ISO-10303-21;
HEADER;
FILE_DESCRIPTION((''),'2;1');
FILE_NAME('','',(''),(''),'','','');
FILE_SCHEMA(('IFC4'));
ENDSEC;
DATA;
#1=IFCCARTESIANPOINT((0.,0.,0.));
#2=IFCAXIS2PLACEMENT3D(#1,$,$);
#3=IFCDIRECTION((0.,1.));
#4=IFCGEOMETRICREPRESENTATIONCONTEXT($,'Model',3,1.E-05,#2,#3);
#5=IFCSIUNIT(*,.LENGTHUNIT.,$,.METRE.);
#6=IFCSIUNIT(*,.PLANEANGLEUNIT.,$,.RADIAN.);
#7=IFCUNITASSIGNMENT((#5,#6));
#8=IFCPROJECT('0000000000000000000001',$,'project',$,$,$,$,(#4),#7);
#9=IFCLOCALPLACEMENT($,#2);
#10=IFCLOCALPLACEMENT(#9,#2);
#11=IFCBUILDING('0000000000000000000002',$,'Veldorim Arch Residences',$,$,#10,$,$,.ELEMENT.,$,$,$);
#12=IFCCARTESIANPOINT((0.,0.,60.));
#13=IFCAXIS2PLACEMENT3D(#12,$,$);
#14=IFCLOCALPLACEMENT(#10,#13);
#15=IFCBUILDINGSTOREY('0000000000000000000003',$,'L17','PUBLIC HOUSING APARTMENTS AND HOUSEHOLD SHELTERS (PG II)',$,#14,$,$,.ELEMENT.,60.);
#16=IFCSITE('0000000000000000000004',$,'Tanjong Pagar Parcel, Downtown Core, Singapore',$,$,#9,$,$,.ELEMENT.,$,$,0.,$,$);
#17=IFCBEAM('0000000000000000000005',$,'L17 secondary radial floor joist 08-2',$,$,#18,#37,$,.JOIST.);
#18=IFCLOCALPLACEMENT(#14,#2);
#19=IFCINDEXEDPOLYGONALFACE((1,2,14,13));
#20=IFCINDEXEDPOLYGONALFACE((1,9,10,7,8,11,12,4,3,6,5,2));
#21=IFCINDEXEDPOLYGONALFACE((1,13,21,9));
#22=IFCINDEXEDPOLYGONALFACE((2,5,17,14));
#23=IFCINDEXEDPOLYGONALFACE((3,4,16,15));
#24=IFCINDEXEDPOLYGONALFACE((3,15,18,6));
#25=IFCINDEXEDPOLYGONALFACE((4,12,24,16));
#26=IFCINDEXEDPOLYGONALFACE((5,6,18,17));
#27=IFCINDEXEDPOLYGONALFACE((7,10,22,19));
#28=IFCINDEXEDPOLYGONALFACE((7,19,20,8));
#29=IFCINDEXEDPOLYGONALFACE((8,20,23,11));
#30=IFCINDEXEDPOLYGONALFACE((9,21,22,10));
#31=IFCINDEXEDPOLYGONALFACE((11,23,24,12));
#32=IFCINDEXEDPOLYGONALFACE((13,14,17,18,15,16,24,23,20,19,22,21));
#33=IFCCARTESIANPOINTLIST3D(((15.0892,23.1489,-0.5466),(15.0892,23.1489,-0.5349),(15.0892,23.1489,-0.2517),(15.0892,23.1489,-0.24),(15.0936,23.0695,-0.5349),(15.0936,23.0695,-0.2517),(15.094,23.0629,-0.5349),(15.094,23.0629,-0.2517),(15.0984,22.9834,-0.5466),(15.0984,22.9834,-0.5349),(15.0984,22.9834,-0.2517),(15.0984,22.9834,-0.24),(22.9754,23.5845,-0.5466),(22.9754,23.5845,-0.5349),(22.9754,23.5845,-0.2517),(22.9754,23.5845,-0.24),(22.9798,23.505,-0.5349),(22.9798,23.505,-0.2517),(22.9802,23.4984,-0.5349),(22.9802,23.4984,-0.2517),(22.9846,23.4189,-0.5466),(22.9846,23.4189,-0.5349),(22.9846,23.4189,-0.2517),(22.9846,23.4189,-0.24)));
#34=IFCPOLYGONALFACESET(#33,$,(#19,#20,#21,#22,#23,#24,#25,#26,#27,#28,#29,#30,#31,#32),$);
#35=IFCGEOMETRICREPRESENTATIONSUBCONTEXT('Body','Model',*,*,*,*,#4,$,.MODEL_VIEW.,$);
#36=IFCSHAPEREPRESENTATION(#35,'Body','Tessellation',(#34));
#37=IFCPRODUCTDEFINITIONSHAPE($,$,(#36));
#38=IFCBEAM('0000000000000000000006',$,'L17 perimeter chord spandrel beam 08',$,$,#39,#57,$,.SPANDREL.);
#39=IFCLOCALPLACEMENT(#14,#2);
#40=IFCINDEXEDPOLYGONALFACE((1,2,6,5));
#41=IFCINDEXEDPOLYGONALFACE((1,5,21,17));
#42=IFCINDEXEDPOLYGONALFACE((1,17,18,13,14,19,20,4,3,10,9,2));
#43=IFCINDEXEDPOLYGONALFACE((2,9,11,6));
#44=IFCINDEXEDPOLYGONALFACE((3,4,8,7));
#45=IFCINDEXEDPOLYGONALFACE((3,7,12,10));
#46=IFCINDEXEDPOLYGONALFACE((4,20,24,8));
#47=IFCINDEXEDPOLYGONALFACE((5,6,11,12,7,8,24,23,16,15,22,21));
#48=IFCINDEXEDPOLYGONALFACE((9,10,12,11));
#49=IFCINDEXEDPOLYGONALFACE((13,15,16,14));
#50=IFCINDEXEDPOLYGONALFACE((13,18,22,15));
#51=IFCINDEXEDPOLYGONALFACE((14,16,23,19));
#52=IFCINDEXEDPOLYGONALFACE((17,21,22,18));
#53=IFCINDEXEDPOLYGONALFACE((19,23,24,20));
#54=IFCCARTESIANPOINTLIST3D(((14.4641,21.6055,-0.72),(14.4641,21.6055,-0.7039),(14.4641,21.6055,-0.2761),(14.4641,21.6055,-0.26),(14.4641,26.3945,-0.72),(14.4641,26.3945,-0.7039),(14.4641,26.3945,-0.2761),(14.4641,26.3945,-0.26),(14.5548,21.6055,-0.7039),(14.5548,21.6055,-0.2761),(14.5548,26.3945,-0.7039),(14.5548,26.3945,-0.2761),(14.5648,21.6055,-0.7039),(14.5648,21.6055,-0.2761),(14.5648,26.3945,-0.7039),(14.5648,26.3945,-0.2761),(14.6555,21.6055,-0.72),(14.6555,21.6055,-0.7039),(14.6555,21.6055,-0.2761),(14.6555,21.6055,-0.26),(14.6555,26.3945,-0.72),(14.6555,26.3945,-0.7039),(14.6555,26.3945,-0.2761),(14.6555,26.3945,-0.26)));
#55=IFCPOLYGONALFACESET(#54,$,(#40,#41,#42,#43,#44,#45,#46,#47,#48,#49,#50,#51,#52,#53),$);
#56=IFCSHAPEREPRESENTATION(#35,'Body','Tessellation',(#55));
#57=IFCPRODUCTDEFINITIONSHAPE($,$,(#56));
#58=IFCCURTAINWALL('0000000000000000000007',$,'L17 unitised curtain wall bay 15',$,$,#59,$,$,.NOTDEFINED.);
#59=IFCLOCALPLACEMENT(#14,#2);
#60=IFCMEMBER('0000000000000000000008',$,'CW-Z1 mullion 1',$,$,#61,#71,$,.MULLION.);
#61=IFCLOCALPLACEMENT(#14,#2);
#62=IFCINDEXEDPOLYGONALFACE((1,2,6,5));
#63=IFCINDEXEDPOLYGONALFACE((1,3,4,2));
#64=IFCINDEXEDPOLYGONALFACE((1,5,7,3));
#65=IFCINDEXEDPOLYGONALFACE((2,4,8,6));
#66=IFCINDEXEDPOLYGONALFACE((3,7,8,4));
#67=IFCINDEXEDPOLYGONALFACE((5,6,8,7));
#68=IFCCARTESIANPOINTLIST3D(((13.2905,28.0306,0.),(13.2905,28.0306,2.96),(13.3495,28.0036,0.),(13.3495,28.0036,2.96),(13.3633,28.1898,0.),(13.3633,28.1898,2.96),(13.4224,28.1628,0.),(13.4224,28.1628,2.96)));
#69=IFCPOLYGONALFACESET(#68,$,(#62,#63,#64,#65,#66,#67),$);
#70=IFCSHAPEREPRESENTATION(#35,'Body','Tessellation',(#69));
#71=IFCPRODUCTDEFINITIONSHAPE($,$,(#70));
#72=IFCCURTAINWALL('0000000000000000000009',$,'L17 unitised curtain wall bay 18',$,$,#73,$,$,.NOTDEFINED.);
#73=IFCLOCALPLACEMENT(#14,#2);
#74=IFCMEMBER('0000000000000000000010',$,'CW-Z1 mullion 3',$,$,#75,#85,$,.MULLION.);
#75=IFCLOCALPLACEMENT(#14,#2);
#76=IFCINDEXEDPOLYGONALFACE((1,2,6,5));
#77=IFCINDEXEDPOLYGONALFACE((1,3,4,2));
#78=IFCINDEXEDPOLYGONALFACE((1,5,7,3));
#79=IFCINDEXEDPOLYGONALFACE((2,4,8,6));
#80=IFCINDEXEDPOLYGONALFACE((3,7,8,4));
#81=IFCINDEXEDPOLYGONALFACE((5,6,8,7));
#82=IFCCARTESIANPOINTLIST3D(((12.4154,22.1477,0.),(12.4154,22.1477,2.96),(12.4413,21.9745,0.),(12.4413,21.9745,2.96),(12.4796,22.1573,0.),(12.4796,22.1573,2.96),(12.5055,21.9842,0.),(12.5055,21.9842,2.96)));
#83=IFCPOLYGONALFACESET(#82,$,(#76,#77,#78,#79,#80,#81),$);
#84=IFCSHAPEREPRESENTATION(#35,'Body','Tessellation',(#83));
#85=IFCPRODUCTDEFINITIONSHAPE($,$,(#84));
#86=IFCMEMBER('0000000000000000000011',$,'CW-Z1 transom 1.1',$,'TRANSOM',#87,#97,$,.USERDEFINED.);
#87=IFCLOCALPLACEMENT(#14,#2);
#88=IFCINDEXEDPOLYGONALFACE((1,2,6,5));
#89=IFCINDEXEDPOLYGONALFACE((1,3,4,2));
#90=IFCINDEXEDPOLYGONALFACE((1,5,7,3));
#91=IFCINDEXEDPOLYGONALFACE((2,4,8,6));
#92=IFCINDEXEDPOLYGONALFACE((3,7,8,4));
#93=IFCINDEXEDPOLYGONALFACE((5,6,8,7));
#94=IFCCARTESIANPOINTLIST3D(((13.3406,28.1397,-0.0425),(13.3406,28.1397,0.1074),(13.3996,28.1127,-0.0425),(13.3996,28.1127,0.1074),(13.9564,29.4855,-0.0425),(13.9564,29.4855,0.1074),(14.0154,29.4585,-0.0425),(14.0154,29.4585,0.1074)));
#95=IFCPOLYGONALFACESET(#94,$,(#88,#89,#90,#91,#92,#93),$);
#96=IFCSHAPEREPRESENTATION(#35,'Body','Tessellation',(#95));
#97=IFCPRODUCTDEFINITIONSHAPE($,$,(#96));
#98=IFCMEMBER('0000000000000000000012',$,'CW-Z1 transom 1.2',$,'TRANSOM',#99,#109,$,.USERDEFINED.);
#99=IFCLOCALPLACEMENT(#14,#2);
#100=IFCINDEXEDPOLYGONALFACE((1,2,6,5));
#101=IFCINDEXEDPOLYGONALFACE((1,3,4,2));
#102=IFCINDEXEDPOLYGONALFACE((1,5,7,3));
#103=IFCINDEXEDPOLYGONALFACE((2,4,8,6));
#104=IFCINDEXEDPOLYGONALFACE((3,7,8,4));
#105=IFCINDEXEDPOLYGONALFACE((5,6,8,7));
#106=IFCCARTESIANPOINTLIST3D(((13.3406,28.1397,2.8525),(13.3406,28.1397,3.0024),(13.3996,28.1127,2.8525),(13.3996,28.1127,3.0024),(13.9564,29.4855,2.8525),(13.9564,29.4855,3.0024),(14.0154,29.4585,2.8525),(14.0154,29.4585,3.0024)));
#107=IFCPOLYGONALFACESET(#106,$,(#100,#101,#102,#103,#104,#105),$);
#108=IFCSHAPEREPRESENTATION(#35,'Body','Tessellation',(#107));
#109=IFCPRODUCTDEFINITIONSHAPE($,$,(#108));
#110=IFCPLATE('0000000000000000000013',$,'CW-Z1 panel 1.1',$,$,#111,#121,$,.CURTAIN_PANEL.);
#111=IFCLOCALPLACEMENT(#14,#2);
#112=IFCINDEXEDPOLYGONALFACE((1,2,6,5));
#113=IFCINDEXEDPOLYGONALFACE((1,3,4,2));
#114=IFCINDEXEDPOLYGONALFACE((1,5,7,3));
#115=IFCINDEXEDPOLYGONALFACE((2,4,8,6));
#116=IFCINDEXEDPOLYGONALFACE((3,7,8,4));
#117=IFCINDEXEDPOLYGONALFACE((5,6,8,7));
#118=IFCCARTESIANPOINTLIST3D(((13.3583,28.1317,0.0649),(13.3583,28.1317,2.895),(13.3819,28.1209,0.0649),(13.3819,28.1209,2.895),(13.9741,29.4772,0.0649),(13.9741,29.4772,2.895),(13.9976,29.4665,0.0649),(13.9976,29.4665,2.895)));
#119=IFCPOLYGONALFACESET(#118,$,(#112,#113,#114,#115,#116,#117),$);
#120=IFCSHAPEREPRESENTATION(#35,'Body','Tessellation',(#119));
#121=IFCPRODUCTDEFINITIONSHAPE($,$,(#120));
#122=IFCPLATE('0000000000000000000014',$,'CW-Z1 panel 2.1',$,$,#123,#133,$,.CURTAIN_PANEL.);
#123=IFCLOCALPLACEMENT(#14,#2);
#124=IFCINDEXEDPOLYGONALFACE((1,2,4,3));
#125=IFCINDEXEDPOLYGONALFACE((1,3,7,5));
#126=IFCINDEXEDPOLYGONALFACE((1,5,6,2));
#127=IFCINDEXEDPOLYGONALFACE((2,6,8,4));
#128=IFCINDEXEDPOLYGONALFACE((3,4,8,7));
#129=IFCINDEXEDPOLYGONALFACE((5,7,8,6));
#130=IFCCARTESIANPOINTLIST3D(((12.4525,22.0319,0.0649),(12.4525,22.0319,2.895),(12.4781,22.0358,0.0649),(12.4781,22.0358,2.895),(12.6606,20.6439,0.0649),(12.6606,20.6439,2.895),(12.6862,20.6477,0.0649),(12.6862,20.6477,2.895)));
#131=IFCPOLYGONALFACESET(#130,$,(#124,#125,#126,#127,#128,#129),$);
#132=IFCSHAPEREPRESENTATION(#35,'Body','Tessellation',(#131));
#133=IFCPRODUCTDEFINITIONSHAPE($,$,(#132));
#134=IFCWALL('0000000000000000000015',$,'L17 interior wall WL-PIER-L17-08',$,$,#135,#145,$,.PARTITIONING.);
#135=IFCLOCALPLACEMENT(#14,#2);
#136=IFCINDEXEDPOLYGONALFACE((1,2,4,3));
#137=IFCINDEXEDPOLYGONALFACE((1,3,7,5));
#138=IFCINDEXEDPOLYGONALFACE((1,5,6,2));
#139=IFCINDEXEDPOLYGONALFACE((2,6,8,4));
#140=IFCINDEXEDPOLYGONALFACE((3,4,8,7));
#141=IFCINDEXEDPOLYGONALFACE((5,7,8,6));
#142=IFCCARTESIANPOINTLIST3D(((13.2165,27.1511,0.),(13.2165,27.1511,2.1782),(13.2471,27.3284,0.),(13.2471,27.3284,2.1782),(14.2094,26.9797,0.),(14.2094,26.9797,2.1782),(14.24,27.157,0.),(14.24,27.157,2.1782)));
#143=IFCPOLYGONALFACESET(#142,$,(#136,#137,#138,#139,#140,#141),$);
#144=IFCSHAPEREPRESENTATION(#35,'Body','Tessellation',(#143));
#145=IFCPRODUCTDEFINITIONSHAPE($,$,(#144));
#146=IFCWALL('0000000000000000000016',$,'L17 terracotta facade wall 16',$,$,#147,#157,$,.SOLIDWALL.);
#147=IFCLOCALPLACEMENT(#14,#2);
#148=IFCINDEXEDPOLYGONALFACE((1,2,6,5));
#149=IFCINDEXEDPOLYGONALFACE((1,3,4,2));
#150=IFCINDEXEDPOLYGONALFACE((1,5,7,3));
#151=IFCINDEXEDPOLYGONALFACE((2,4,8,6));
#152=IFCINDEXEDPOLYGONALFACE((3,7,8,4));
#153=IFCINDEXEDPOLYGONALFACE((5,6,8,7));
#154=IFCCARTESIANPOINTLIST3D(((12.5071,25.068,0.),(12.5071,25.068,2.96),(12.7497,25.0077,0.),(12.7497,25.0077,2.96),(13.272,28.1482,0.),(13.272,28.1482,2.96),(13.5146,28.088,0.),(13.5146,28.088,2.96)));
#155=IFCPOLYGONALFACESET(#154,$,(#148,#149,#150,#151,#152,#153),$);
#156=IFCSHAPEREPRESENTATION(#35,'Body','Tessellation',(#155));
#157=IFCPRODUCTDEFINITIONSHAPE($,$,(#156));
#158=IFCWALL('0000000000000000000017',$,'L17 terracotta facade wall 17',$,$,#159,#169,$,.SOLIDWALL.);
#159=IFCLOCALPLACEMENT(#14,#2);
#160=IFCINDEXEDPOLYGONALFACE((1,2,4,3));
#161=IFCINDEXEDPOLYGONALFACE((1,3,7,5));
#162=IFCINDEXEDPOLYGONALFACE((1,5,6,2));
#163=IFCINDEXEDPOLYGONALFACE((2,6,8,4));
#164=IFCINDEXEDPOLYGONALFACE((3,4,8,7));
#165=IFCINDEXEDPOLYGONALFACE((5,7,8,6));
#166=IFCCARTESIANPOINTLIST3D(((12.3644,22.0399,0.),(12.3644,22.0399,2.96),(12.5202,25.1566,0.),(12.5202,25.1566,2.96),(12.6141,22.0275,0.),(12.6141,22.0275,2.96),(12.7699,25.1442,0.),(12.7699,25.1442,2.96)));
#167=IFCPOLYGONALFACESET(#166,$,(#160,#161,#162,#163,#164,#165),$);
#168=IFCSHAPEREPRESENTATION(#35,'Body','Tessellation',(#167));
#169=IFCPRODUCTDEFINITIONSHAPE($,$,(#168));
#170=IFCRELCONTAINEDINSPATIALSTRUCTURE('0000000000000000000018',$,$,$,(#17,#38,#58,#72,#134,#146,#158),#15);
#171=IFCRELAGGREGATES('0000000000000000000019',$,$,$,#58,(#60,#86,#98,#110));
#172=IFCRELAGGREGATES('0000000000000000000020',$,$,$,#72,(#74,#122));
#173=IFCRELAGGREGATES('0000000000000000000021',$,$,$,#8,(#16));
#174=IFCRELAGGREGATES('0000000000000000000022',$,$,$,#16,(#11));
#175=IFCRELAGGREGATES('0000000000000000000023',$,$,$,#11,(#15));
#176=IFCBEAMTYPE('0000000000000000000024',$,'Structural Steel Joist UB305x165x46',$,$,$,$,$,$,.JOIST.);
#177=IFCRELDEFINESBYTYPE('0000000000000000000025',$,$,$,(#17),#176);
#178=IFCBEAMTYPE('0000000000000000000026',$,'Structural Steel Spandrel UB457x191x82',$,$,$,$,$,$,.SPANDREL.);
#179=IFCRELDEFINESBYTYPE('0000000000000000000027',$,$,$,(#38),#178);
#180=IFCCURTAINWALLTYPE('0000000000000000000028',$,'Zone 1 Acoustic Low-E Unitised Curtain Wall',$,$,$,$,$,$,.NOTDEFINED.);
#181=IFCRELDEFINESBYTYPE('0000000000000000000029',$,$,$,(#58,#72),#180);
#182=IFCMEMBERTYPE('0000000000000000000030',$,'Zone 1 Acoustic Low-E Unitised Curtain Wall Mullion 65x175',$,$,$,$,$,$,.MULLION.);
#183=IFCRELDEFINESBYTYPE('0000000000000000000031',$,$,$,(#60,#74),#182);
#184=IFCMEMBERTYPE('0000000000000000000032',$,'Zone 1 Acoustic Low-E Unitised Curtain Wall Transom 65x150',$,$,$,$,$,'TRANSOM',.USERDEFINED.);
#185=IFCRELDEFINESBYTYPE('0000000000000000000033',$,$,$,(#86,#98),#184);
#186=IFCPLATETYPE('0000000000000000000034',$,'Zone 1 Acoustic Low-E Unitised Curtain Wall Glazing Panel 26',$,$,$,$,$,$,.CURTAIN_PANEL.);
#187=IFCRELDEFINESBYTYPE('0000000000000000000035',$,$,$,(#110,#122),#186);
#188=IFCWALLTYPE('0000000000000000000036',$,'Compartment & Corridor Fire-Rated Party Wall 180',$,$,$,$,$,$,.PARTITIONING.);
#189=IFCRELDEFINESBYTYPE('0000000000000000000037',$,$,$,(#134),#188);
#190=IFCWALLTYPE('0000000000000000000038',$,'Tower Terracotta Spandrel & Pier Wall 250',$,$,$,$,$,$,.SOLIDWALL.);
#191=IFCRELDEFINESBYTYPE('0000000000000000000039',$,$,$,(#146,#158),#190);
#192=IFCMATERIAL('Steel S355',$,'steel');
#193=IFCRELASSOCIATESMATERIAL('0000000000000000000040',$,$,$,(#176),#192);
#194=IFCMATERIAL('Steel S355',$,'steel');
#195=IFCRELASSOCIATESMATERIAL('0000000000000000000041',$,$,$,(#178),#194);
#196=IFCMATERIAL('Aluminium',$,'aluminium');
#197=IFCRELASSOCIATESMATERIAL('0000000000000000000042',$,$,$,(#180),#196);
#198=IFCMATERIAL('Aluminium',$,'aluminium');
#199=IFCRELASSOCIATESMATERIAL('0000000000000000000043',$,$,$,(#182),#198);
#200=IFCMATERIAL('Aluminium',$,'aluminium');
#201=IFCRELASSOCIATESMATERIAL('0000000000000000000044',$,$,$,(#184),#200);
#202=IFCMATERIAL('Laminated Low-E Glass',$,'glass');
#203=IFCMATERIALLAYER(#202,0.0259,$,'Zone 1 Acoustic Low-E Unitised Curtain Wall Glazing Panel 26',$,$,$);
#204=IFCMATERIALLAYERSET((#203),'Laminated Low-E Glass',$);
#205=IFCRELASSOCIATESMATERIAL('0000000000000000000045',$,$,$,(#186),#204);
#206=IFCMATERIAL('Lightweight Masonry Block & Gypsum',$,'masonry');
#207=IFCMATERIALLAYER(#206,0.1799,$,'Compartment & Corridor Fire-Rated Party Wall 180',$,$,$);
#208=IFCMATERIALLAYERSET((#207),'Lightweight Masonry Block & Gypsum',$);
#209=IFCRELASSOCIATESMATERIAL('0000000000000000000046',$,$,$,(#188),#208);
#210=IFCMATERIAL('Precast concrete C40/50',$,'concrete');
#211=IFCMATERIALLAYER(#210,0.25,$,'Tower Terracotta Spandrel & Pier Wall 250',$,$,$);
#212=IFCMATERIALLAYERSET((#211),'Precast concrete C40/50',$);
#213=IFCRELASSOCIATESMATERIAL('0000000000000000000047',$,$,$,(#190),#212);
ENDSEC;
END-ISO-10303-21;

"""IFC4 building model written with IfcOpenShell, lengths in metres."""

from ifc_helpers import new_model, si_unit, direction, frame, frame_2d, origin, origin_2d, place, context, subcontext, project, spatial, rectangle, i_section, extrude, material, layer, layer_set, material_profile, profile_set, type_object, element, aggregate, save


model = new_model("IFC4")

# Units and contexts
model_context = context("Model", 3, precision=1e-05, world=origin(), true_north=direction((0.0, 1.0)))
body_context = subcontext(model_context, "Body", "Model", "MODEL_VIEW")
ifc_project = project(units=[si_unit("LENGTHUNIT", "METRE"), si_unit("PLANEANGLEUNIT", "RADIAN")], contexts=[model_context])

# Site, building, storey
site_placement = place(None, origin())
site = spatial("IfcSite", under=ifc_project, at=site_placement, Name="Tanjong Pagar Parcel, Downtown Core, Singapore", CompositionType="ELEMENT", RefElevation=0.0)
building_placement = place(site_placement, origin())
building = spatial("IfcBuilding", under=site, at=building_placement, Name="Veldorim Arch Residences", CompositionType="ELEMENT")
storey_placement = place(building_placement, frame((0.0, 0.0, 60.0)))
storey = spatial("IfcBuildingStorey", under=building, at=storey_placement, Name="L17", Description="PUBLIC HOUSING APARTMENTS AND HOUSEHOLD SHELTERS (PG II)", CompositionType="ELEMENT", Elevation=60.0)

# Beams
ifc_material_1 = material(Name="Steel S355", Category="steel")
ifc_material_profile_1 = material_profile(ifc_material_1, i_section(OverallWidth=0.1658, OverallDepth=0.3066, WebThickness=0.0066, FlangeThickness=0.0117, at=origin_2d()), Name="UB305x165x46")
ifc_profile_set_1 = profile_set([ifc_material_profile_1], Name="Steel S355")
beam_type_1 = type_object("IfcBeamType", Name="Structural Steel Joist UB305x165x46", PredefinedType="JOIST", material=ifc_profile_set_1)
for number, where, z_axis, x_axis, name in (
    (1, (22.98, 23.5017, -0.3933), (-0.998478, -0.055145, 0.0), (0.055145, -0.998478, 0.0), "L17 secondary radial floor joist 08-2"),
):
    element("IfcBeam", number, at=place(storey_placement, frame(where, z_axis=z_axis, x_axis=x_axis)), inside=storey, type_object=beam_type_1, Name=name, PredefinedType="JOIST", context=body_context, shape_type="SweptSolid", body=[
        extrude(i_section(OverallWidth=0.1658, OverallDepth=0.3066, WebThickness=0.0066, FlangeThickness=0.0117, at=origin_2d()), origin(), (0.0, 0.0, 1.0), 7.8982),
    ])
ifc_material_2 = material(Name="Steel S355", Category="steel")
ifc_material_profile_2 = material_profile(ifc_material_2, i_section(OverallWidth=0.1914, OverallDepth=0.46, WebThickness=0.01, FlangeThickness=0.0161, at=origin_2d()), Name="UB457x191x82")
ifc_profile_set_2 = profile_set([ifc_material_profile_2], Name="Steel S355")
beam_type_2 = type_object("IfcBeamType", Name="Structural Steel Spandrel UB457x191x82", PredefinedType="SPANDREL", material=ifc_profile_set_2)
beam_1_placement = place(storey_placement, frame((14.5598, 26.3945, -0.49), z_axis=(0.0, -1.0, 0.0), x_axis=(1.0, 0.0, 0.0)))
element("IfcBeam", 2, at=beam_1_placement, inside=storey, type_object=beam_type_2, Name="L17 perimeter chord spandrel beam 08", PredefinedType="SPANDREL", context=body_context, shape_type="SweptSolid", body=[
    extrude(i_section(OverallWidth=0.1914, OverallDepth=0.46, WebThickness=0.01, FlangeThickness=0.0161, at=origin_2d()), origin(), (0.0, 0.0, 1.0), 4.7891),
])

# Curtain walls, members
ifc_material_3 = material(Name="Aluminium", Category="aluminium")
curtain_wall_type = type_object("IfcCurtainWallType", Name="Zone 1 Acoustic Low-E Unitised Curtain Wall", PredefinedType="NOTDEFINED", material=ifc_material_3)
curtain_wall_1_placement = place(storey_placement, origin())
curtain_wall_1 = element("IfcCurtainWall", 3, at=curtain_wall_1_placement, inside=storey, type_object=curtain_wall_type, Name="L17 unitised curtain wall bay 15", PredefinedType="NOTDEFINED")
ifc_material_4 = material(Name="Aluminium", Category="aluminium")
ifc_material_profile_3 = material_profile(ifc_material_4, rectangle(XDim=0.0649, YDim=0.175, at=origin_2d()), Name="ALU_MUL_65x175")
ifc_profile_set_3 = profile_set([ifc_material_profile_3], Name="Aluminium")
member_type_1 = type_object("IfcMemberType", Name="Zone 1 Acoustic Low-E Unitised Curtain Wall Mullion 65x175", PredefinedType="MULLION", material=ifc_profile_set_3)
member_1_placement = place(storey_placement, frame((13.3564, 28.0967, 0.0), z_axis=(0.0, 0.0, 1.0), x_axis=(-0.909303, 0.416135, 0.0)))
member_1 = element("IfcMember", 4, at=member_1_placement, type_object=member_type_1, Name="CW-Z1 mullion 1", PredefinedType="MULLION", context=body_context, shape_type="SweptSolid", body=[
    extrude(rectangle(XDim=0.0649, YDim=0.175, at=origin_2d()), origin(), (0.0, 0.0, 1.0), 2.96),
])
curtain_wall_2_placement = place(storey_placement, origin())
curtain_wall_2 = element("IfcCurtainWall", 5, at=curtain_wall_2_placement, inside=storey, type_object=curtain_wall_type, Name="L17 unitised curtain wall bay 18", PredefinedType="NOTDEFINED")
member_2_placement = place(storey_placement, frame((12.4604, 22.0659, 0.0), z_axis=(0.0, 0.0, 1.0), x_axis=(-0.988941, -0.148306, 0.0)))
member_2 = element("IfcMember", 6, at=member_2_placement, type_object=member_type_1, Name="CW-Z1 mullion 3", PredefinedType="MULLION", context=body_context, shape_type="SweptSolid", body=[
    extrude(rectangle(XDim=0.0649, YDim=0.175, at=origin_2d()), origin(), (0.0, 0.0, 1.0), 2.96),
])

# Members
ifc_material_5 = material(Name="Aluminium", Category="aluminium")
ifc_material_profile_4 = material_profile(ifc_material_5, rectangle(XDim=0.0649, YDim=0.1499, at=origin_2d()), Name="ALU_TRN_65x150")
ifc_profile_set_4 = profile_set([ifc_material_profile_4], Name="Aluminium")
member_type_2 = type_object("IfcMemberType", Name="Zone 1 Acoustic Low-E Unitised Curtain Wall Transom 65x150", ElementType="TRANSOM", PredefinedType="USERDEFINED", material=ifc_profile_set_4)
member_3_placement = place(storey_placement, frame((13.3701, 28.1262, 0.0325), z_axis=(0.416064, 0.909335, 0.0), x_axis=(-0.909335, 0.416064, 0.0)))
member_3 = element("IfcMember", 7, at=member_3_placement, type_object=member_type_2, Name="CW-Z1 transom 1.1", ObjectType="TRANSOM", PredefinedType="USERDEFINED", context=body_context, shape_type="SweptSolid", body=[
    extrude(rectangle(XDim=0.0649, YDim=0.1499, at=origin_2d()), origin(), (0.0, 0.0, 1.0), 1.48),
])
member_4_placement = place(storey_placement, frame((13.3701, 28.1262, 2.9275), z_axis=(0.416064, 0.909335, 0.0), x_axis=(-0.909335, 0.416064, 0.0)))
member_4 = element("IfcMember", 8, at=member_4_placement, type_object=member_type_2, Name="CW-Z1 transom 1.2", ObjectType="TRANSOM", PredefinedType="USERDEFINED", context=body_context, shape_type="SweptSolid", body=[
    extrude(rectangle(XDim=0.0649, YDim=0.1499, at=origin_2d()), origin(), (0.0, 0.0, 1.0), 1.48),
])

# Plates
ifc_material_6 = material(Name="Laminated Low-E Glass", Category="glass")
ifc_layer_1 = layer(ifc_material_6, 0.0259, Name="Zone 1 Acoustic Low-E Unitised Curtain Wall Glazing Panel 26")
ifc_layer_set_1 = layer_set([ifc_layer_1], Name="Laminated Low-E Glass")
plate_type = type_object("IfcPlateType", Name="Zone 1 Acoustic Low-E Unitised Curtain Wall Glazing Panel 26", PredefinedType="CURTAIN_PANEL", material=ifc_layer_set_1)
plate_1_placement = place(storey_placement, frame((13.678, 28.7991, 0.0649), z_axis=(0.0, 0.0, 1.0), x_axis=(0.416135, 0.909303, 0.0)))
plate_1 = element("IfcPlate", 9, at=plate_1_placement, type_object=plate_type, Name="CW-Z1 panel 1.1", PredefinedType="CURTAIN_PANEL", context=body_context, shape_type="SweptSolid", body=[
    extrude(rectangle(XDim=1.4797, YDim=0.0259, at=origin_2d()), origin(), (0.0, 0.0, 1.0), 2.8301),
])
aggregate(curtain_wall_1, [member_1, member_3, member_4, plate_1])
plate_2_placement = place(storey_placement, frame((12.5693, 21.3398, 0.0649), z_axis=(0.0, 0.0, 1.0), x_axis=(-0.148306, 0.988941, 0.0)))
plate_2 = element("IfcPlate", 10, at=plate_2_placement, type_object=plate_type, Name="CW-Z1 panel 2.1", PredefinedType="CURTAIN_PANEL", context=body_context, shape_type="SweptSolid", body=[
    extrude(rectangle(XDim=1.4036, YDim=0.0259, at=origin_2d()), origin(), (0.0, 0.0, 1.0), 2.8301),
])
aggregate(curtain_wall_2, [member_2, plate_2])

# Walls
ifc_material_7 = material(Name="Lightweight Masonry Block & Gypsum", Category="masonry")
ifc_layer_2 = layer(ifc_material_7, 0.1799, Name="Compartment & Corridor Fire-Rated Party Wall 180")
ifc_layer_set_2 = layer_set([ifc_layer_2], Name="Lightweight Masonry Block & Gypsum")
wall_type_1 = type_object("IfcWallType", Name="Compartment & Corridor Fire-Rated Party Wall 180", PredefinedType="PARTITIONING", material=ifc_layer_set_2)
wall_1_placement = place(storey_placement, frame((14.2249, 27.0684, 0.0), z_axis=(0.0, 0.0, 1.0), x_axis=(-0.985428, 0.170094, 0.0)))
element("IfcWall", 11, at=wall_1_placement, inside=storey, type_object=wall_type_1, Name="L17 interior wall WL-PIER-L17-08", PredefinedType="PARTITIONING", context=body_context, shape_type="SweptSolid", body=[
    extrude(rectangle(XDim=1.0076, YDim=0.1799, at=frame_2d((0.5039, 0.0))), origin(), (0.0, 0.0, 1.0), 2.1782),
])
ifc_material_8 = material(Name="Precast concrete C40/50", Category="concrete")
ifc_layer_3 = layer(ifc_material_8, 0.25, Name="Tower Terracotta Spandrel & Pier Wall 250")
ifc_layer_set_3 = layer_set([ifc_layer_3], Name="Precast concrete C40/50")
wall_type_2 = type_object("IfcWallType", Name="Tower Terracotta Spandrel & Pier Wall 250", PredefinedType="SOLIDWALL", material=ifc_layer_set_3)
wall_2_placement = place(storey_placement, frame((12.6284, 25.0378, 0.0), z_axis=(0.0, 0.0, 1.0), x_axis=(0.240997, 0.970526, 0.0)))
element("IfcWall", 12, at=wall_2_placement, inside=storey, type_object=wall_type_2, Name="L17 terracotta facade wall 16", PredefinedType="SOLIDWALL", context=body_context, shape_type="SweptSolid", body=[
    extrude(rectangle(XDim=3.1738, YDim=0.25, at=frame_2d((1.5869, 0.0))), origin(), (0.0, 0.0, 1.0), 2.96),
])
wall_3_placement = place(storey_placement, frame((12.4893, 22.0337, 0.0), z_axis=(0.0, 0.0, 1.0), x_axis=(0.049914, 0.998754, 0.0)))
element("IfcWall", 13, at=wall_3_placement, inside=storey, type_object=wall_type_2, Name="L17 terracotta facade wall 17", PredefinedType="SOLIDWALL", context=body_context, shape_type="SweptSolid", body=[
    extrude(rectangle(XDim=3.1206, YDim=0.25, at=frame_2d((1.5603, 0.0))), origin(), (0.0, 0.0, 1.0), 2.96),
])

save(model, "model.ifc")
